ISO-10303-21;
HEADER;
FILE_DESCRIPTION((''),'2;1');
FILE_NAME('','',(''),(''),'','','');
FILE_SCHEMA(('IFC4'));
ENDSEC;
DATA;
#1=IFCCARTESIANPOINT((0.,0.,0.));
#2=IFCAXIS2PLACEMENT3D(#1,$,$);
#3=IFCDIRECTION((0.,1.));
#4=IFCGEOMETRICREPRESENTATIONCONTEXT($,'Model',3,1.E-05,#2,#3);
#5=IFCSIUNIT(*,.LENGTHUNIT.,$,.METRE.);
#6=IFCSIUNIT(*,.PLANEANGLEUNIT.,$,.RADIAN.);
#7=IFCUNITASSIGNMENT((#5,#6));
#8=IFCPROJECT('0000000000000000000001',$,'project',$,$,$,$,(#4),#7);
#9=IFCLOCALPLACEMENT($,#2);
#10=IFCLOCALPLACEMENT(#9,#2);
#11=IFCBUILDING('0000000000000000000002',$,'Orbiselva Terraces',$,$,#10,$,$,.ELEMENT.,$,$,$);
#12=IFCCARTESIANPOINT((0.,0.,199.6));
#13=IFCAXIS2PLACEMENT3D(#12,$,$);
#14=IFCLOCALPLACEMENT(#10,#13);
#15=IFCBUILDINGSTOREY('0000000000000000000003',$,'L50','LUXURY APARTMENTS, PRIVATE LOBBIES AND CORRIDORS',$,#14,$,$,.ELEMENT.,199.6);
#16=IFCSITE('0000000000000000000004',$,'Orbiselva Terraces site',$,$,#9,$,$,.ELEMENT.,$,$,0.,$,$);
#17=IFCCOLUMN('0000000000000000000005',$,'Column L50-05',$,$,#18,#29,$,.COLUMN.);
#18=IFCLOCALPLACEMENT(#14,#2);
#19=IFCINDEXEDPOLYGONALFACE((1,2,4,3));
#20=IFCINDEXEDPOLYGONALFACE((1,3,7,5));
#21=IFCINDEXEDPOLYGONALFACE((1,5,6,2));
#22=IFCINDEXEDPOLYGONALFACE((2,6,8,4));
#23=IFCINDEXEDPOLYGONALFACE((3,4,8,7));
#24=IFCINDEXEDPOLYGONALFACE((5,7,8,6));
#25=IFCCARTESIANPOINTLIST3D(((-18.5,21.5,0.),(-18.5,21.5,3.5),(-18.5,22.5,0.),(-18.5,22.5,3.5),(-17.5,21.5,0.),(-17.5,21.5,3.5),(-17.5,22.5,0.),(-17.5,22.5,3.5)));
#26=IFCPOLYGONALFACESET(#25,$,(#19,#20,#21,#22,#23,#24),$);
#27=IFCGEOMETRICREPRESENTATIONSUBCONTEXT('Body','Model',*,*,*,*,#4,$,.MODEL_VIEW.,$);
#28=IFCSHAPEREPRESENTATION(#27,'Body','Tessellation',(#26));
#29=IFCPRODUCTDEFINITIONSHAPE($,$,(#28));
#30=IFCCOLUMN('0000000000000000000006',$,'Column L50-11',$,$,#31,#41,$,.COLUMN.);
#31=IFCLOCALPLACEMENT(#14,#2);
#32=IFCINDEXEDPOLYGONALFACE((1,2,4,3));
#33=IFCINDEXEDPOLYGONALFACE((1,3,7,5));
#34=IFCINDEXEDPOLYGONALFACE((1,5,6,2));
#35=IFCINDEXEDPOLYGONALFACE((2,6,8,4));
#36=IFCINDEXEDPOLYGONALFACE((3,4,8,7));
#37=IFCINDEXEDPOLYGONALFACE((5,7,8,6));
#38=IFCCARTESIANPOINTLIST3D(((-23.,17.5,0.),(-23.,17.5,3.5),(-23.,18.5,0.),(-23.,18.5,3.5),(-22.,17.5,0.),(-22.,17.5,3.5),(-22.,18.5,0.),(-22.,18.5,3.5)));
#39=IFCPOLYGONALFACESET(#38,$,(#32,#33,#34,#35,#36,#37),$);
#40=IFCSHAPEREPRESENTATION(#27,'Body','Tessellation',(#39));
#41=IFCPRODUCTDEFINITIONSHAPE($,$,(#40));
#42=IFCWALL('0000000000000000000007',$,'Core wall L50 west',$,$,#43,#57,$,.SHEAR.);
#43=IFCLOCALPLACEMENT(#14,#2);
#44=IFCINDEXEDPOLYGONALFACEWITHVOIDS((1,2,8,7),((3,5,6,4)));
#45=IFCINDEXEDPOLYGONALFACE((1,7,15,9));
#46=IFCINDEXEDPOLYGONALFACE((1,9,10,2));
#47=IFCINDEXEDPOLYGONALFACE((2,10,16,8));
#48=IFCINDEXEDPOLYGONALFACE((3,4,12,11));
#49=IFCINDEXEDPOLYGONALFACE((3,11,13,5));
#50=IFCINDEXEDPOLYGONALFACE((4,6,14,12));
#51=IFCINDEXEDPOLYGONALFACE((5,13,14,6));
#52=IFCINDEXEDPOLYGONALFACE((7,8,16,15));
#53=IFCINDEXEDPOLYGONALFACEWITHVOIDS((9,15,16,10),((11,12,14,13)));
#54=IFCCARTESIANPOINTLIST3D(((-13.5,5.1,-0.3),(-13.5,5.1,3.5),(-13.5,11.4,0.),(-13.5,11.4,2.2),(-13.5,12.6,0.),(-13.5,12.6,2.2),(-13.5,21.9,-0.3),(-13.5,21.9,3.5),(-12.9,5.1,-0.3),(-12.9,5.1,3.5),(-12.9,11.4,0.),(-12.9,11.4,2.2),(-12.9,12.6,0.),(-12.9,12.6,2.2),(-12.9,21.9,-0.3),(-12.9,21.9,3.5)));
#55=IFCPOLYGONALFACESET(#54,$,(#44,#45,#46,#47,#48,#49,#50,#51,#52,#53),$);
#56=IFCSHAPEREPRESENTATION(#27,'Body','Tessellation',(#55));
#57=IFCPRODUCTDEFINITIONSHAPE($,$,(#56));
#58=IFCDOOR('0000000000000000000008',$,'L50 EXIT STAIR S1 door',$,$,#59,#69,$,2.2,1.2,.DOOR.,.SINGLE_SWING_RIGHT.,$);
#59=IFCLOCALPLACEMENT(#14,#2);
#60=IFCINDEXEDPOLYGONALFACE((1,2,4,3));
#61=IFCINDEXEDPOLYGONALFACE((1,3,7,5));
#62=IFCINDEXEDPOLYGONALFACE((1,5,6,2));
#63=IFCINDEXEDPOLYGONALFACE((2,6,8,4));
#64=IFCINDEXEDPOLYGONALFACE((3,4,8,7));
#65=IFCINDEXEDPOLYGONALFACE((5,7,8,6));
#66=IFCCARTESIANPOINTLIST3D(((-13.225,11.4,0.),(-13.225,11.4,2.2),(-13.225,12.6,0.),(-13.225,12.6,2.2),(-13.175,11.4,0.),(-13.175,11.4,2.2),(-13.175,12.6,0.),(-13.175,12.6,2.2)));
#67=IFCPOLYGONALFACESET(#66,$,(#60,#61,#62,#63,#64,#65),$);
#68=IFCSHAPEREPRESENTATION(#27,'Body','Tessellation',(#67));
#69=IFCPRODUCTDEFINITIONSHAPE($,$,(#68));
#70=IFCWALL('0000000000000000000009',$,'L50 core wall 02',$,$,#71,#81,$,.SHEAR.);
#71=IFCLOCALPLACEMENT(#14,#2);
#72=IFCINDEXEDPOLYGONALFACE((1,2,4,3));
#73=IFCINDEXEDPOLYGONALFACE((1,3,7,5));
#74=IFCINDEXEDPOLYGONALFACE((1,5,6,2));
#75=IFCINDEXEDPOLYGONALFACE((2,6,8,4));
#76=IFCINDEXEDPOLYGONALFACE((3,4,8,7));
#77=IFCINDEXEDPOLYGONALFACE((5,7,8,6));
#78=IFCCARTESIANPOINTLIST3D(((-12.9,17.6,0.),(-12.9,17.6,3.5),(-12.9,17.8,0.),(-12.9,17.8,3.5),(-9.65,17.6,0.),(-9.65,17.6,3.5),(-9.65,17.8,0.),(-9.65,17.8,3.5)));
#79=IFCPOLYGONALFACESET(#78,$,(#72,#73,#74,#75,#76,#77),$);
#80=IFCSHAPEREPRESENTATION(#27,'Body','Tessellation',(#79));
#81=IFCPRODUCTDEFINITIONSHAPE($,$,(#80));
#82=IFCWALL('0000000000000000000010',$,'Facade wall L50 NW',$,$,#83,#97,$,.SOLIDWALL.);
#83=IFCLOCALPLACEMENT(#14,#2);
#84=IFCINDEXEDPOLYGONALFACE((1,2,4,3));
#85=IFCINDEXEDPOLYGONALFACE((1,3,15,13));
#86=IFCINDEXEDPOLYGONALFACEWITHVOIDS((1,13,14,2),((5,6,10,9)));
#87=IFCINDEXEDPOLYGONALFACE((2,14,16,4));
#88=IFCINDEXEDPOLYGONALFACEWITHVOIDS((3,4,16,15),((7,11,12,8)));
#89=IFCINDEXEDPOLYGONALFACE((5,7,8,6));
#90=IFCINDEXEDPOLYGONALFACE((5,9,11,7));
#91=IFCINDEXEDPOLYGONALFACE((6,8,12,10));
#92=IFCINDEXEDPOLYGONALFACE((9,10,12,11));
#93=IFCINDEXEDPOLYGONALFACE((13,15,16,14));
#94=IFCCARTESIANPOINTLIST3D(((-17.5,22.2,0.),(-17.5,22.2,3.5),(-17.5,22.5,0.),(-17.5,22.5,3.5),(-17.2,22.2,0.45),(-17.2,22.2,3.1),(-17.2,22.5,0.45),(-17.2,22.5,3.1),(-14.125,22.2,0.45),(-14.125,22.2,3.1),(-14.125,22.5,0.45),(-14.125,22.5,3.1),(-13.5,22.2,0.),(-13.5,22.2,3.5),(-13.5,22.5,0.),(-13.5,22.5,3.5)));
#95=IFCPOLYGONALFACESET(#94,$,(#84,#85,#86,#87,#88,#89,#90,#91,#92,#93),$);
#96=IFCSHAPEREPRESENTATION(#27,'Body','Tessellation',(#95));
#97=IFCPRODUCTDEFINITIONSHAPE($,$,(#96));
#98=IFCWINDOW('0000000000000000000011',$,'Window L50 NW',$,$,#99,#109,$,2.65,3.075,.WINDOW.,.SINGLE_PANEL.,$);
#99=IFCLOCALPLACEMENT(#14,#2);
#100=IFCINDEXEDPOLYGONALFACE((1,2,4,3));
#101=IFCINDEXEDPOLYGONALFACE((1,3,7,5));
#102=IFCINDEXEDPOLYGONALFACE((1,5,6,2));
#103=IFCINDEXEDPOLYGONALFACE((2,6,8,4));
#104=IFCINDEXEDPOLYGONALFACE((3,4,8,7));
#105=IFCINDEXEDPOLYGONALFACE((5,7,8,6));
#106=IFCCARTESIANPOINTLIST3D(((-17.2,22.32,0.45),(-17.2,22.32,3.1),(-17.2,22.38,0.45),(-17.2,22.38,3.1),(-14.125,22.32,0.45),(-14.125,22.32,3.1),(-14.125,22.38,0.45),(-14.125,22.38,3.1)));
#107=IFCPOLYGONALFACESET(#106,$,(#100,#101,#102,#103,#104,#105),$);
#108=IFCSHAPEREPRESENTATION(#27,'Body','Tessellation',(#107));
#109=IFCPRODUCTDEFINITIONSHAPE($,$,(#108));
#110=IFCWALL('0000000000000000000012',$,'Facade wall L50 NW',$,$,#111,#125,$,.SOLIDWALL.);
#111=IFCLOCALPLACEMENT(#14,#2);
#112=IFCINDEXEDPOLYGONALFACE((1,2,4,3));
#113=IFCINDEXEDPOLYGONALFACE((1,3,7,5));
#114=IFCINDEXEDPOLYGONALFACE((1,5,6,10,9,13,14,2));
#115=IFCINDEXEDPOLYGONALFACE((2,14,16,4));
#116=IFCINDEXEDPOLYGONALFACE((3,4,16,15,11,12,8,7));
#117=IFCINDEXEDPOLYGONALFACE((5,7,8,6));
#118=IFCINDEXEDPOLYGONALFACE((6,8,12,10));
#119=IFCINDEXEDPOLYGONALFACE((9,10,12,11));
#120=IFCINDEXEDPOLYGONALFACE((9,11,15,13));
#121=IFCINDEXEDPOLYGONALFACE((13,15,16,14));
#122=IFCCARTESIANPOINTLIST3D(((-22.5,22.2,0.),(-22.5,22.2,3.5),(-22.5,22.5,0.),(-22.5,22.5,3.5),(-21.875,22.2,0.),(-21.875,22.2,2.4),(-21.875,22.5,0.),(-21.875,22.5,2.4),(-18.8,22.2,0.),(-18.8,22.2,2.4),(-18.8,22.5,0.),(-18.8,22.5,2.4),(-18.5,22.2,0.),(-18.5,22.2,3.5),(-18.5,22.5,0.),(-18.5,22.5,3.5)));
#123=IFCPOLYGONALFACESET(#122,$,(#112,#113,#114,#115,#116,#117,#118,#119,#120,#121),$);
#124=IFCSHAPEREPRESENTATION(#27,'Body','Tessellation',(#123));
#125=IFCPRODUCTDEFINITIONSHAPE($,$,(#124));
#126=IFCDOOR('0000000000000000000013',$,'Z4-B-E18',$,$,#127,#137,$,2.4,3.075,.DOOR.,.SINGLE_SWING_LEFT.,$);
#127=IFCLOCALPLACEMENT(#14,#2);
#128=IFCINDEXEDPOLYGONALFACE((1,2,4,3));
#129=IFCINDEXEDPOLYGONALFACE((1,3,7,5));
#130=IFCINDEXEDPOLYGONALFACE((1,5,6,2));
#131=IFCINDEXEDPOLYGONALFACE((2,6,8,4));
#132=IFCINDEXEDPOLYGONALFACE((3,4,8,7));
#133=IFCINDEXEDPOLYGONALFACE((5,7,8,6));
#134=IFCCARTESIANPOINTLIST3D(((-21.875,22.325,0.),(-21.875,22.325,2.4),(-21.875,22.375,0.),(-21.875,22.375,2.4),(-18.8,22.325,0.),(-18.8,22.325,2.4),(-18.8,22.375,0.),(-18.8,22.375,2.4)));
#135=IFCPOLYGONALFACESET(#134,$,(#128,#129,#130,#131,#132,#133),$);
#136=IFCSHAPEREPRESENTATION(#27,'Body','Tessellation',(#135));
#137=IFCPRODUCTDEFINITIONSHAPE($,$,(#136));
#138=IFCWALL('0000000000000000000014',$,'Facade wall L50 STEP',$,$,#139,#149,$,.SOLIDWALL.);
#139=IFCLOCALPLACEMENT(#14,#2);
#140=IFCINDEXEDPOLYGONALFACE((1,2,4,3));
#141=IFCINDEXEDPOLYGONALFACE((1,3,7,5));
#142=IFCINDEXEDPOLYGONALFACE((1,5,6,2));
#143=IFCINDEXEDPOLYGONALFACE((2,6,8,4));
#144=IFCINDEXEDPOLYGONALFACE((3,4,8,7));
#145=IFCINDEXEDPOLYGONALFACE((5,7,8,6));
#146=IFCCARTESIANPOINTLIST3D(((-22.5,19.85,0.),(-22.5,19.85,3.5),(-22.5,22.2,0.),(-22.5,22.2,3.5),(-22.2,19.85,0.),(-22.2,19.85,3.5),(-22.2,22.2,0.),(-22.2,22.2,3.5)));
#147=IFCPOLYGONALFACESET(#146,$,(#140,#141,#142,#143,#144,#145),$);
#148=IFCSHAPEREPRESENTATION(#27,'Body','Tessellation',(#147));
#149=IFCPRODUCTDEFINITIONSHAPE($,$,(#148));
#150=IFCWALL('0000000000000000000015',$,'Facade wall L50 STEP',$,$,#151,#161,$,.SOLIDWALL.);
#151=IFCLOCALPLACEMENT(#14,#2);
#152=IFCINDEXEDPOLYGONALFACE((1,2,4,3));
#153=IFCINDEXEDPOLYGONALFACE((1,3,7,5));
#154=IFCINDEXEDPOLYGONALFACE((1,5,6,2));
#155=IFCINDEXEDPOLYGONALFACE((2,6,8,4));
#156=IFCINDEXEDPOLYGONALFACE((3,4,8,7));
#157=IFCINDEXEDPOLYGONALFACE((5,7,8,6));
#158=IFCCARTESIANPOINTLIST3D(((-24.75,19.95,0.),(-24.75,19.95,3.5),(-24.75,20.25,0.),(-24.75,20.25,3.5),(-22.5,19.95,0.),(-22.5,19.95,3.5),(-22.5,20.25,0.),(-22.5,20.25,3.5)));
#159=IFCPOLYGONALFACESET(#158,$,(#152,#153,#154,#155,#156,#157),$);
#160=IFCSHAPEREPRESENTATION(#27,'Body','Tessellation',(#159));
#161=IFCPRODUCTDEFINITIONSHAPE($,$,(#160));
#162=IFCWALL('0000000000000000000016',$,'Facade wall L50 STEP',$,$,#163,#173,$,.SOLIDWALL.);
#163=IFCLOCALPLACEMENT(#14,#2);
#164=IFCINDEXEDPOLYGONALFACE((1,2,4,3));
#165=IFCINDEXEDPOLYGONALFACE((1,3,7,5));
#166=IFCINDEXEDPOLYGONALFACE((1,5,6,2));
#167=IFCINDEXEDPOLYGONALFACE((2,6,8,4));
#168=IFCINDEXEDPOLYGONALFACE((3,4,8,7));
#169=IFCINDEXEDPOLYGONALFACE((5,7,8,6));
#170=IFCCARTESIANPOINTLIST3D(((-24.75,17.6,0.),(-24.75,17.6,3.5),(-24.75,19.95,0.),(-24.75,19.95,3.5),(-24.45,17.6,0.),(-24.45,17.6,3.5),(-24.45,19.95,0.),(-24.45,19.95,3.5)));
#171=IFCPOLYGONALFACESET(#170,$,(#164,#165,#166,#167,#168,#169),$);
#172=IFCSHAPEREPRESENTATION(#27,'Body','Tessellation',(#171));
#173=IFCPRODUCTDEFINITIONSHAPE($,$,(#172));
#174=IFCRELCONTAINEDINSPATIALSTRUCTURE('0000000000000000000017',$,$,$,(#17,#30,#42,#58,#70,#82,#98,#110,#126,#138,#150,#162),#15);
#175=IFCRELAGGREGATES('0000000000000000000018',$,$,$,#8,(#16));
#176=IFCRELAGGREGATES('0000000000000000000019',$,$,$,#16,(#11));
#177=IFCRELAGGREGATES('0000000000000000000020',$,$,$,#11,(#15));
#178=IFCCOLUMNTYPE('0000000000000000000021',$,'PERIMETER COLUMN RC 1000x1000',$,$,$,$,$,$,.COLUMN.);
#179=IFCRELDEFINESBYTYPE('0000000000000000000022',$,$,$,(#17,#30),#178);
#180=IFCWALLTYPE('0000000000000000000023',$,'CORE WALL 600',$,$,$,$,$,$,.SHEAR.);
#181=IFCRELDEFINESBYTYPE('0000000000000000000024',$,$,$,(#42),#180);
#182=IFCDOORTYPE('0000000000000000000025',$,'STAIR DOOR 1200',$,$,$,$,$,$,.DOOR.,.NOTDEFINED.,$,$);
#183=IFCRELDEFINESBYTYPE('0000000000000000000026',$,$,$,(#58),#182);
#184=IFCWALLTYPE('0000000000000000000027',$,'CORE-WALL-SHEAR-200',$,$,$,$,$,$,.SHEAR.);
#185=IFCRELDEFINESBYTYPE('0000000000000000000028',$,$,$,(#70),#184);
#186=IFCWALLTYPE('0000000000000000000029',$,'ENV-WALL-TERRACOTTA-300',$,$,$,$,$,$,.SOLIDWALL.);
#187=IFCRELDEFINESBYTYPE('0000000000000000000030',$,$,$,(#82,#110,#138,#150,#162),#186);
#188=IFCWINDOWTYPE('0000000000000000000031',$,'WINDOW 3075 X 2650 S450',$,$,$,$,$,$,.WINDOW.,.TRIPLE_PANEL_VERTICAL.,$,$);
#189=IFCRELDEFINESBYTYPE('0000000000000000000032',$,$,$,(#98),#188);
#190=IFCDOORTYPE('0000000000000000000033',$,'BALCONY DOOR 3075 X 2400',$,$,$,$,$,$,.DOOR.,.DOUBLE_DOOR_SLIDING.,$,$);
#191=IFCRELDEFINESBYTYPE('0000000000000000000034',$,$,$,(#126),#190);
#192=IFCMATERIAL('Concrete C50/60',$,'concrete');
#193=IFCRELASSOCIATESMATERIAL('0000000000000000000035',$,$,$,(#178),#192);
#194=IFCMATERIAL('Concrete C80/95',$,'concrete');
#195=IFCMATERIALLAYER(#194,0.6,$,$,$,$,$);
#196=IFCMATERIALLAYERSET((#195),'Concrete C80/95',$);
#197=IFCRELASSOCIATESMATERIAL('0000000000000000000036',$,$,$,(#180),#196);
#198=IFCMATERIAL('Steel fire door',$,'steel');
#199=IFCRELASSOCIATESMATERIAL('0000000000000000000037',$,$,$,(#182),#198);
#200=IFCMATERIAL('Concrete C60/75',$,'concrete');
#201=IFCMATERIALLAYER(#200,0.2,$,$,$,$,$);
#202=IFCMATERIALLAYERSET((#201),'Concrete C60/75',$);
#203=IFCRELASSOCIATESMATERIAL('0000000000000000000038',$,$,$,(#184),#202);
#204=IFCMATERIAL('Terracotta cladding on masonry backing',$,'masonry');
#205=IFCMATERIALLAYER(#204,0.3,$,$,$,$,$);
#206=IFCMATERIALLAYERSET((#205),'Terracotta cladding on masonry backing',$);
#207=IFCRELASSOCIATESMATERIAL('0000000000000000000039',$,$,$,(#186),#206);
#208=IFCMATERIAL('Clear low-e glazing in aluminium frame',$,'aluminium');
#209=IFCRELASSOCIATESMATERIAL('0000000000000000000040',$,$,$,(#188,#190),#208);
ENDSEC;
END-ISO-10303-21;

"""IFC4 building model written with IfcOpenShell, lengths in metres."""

from ifc_helpers import new_model, si_unit, direction, frame, frame_2d, origin, origin_2d, place, context, subcontext, project, spatial, rectangle, extrude, material, layer, layer_set, material_profile, profile_set, type_object, element, fill, save


model = new_model("IFC4")

# Units and contexts
model_context = context("Model", 3, precision=1e-05, world=origin(), true_north=direction((0.0, 1.0)))
body_context = subcontext(model_context, "Body", "Model", "MODEL_VIEW")
ifc_project = project(units=[si_unit("LENGTHUNIT", "METRE"), si_unit("PLANEANGLEUNIT", "RADIAN")], contexts=[model_context])

# Site, building, storey
site_placement = place(None, origin())
site = spatial("IfcSite", under=ifc_project, at=site_placement, Name="Orbiselva Terraces site", CompositionType="ELEMENT", RefElevation=0.0)
building_placement = place(site_placement, origin())
building = spatial("IfcBuilding", under=site, at=building_placement, Name="Orbiselva Terraces", CompositionType="ELEMENT")
storey_placement = place(building_placement, frame((0.0, 0.0, 199.6)))
storey = spatial("IfcBuildingStorey", under=building, at=storey_placement, Name="L50", Description="LUXURY APARTMENTS, PRIVATE LOBBIES AND CORRIDORS", CompositionType="ELEMENT", Elevation=199.6)

# Columns
ifc_material_1 = material(Name="Concrete C50/60", Category="concrete")
ifc_material_profile = material_profile(ifc_material_1, rectangle(XDim=1.0, YDim=1.0, at=origin_2d()), Name="RC 1000x1000")
ifc_profile_set = profile_set([ifc_material_profile], Name="Concrete C50/60")
column_type = type_object("IfcColumnType", Name="PERIMETER COLUMN RC 1000x1000", PredefinedType="COLUMN", material=ifc_profile_set)
for number, where, z_axis, x_axis, name in (
    (1, (-18.0, 22.0, 0.0), (0.0, 0.0, 1.0), (1.0, 0.0, 0.0), "Column L50-05"),
    (2, (-22.5, 18.0, 0.0), (0.0, 0.0, 1.0), (1.0, 0.0, 0.0), "Column L50-11"),
):
    element("IfcColumn", number, at=place(storey_placement, frame(where, z_axis=z_axis, x_axis=x_axis)), inside=storey, type_object=column_type, Name=name, PredefinedType="COLUMN", context=body_context, shape_type="SweptSolid", body=[
        extrude(rectangle(XDim=1.0, YDim=1.0, at=origin_2d()), origin(), (0.0, 0.0, 1.0), 3.5),
    ])

# Wall, opening, door
ifc_material_2 = material(Name="Concrete C80/95", Category="concrete")
ifc_layer_1 = layer(ifc_material_2, 0.6)
ifc_layer_set_1 = layer_set([ifc_layer_1], Name="Concrete C80/95")
wall_type_1 = type_object("IfcWallType", Name="CORE WALL 600", PredefinedType="SHEAR", material=ifc_layer_set_1)
wall_1_placement = place(storey_placement, frame((-13.2, 21.9, -0.3), z_axis=(0.0, 0.0, 1.0), x_axis=(0.0, -1.0, 0.0)))
wall_1 = element("IfcWall", 3, at=wall_1_placement, inside=storey, type_object=wall_type_1, Name="Core wall L50 west", PredefinedType="SHEAR", context=body_context, shape_type="SweptSolid", body=[
    extrude(rectangle(XDim=16.8, YDim=0.6, at=frame_2d((8.4, 0.0))), origin(), (0.0, 0.0, 1.0), 3.8),
])
opening_1_placement = place(wall_1_placement, frame((9.3, 0.0, 0.3)))
opening_1 = element("IfcOpeningElement", 4, at=opening_1_placement, cuts=wall_1, PredefinedType="OPENING", context=body_context, shape_type="SweptSolid", body=[
    extrude(rectangle(XDim=1.2, YDim=2.2, at=frame_2d((0.6, 1.1))), frame((0.0, 0.31, 0.0), z_axis=(0.0, -1.0, 0.0), x_axis=(1.0, 0.0, 0.0)), (0.0, 0.0, 1.0), 0.62),
])
ifc_material_3 = material(Name="Steel fire door", Category="steel")
door_type_1 = type_object("IfcDoorType", Name="STAIR DOOR 1200", OperationType="NOTDEFINED", PredefinedType="DOOR", material=ifc_material_3)
door_1_placement = place(opening_1_placement, frame((1.2, 0.0, 0.0), z_axis=(0.0, 0.0, 1.0), x_axis=(-1.0, 0.0, 0.0)))
door_1 = element("IfcDoor", 5, at=door_1_placement, inside=storey, type_object=door_type_1, Name="L50 EXIT STAIR S1 door", OperationType="SINGLE_SWING_RIGHT", OverallHeight=2.2, OverallWidth=1.2, PredefinedType="DOOR", context=body_context, shape_type="SweptSolid", body=[
    extrude(rectangle(XDim=1.2, YDim=2.2, at=frame_2d((0.6, 1.1))), frame((0.0, 0.025, 0.0), z_axis=(0.0, -1.0, 0.0), x_axis=(1.0, 0.0, 0.0)), (0.0, 0.0, 1.0), 0.05),
])
fill(opening_1, door_1)

# Wall
ifc_material_4 = material(Name="Concrete C60/75", Category="concrete")
ifc_layer_2 = layer(ifc_material_4, 0.2)
ifc_layer_set_2 = layer_set([ifc_layer_2], Name="Concrete C60/75")
wall_type_2 = type_object("IfcWallType", Name="CORE-WALL-SHEAR-200", PredefinedType="SHEAR", material=ifc_layer_set_2)
wall_2_placement = place(storey_placement, frame((-12.9, 17.7, 0.0), z_axis=(0.0, 0.0, 1.0), x_axis=(1.0, 0.0, 0.0)))
element("IfcWall", 6, at=wall_2_placement, inside=storey, type_object=wall_type_2, Name="L50 core wall 02", PredefinedType="SHEAR", context=body_context, shape_type="SweptSolid", body=[
    extrude(rectangle(XDim=3.25, YDim=0.2, at=frame_2d((1.625, 0.0))), origin(), (0.0, 0.0, 1.0), 3.5),
])

# Wall, opening, window
ifc_material_5 = material(Name="Terracotta cladding on masonry backing", Category="masonry")
ifc_layer_3 = layer(ifc_material_5, 0.3)
ifc_layer_set_3 = layer_set([ifc_layer_3], Name="Terracotta cladding on masonry backing")
wall_type_3 = type_object("IfcWallType", Name="ENV-WALL-TERRACOTTA-300", PredefinedType="SOLIDWALL", material=ifc_layer_set_3)
wall_3_placement = place(storey_placement, frame((-17.5, 22.35, 0.0), z_axis=(0.0, 0.0, 1.0), x_axis=(1.0, 0.0, 0.0)))
wall_3 = element("IfcWall", 7, at=wall_3_placement, inside=storey, type_object=wall_type_3, Name="Facade wall L50 NW", PredefinedType="SOLIDWALL", context=body_context, shape_type="SweptSolid", body=[
    extrude(rectangle(XDim=4.0, YDim=0.3, at=frame_2d((2.0, 0.0))), origin(), (0.0, 0.0, 1.0), 3.5),
])
opening_2_placement = place(wall_3_placement, frame((0.3, 0.0, 0.45)))
opening_2 = element("IfcOpeningElement", 8, at=opening_2_placement, cuts=wall_3, PredefinedType="OPENING", context=body_context, shape_type="SweptSolid", body=[
    extrude(rectangle(XDim=3.075, YDim=2.65, at=frame_2d((1.5375, 1.325))), frame((0.0, 0.16, 0.0), z_axis=(0.0, -1.0, 0.0), x_axis=(1.0, 0.0, 0.0)), (0.0, 0.0, 1.0), 0.32),
])
ifc_material_6 = material(Name="Clear low-e glazing in aluminium frame", Category="aluminium")
window_type = type_object("IfcWindowType", Name="WINDOW 3075 X 2650 S450", PartitioningType="TRIPLE_PANEL_VERTICAL", PredefinedType="WINDOW", material=ifc_material_6)
window_placement = place(opening_2_placement, origin())
window = element("IfcWindow", 9, at=window_placement, inside=storey, type_object=window_type, Name="Window L50 NW", OverallHeight=2.65, OverallWidth=3.075, PartitioningType="SINGLE_PANEL", PredefinedType="WINDOW", context=body_context, shape_type="SweptSolid", body=[
    extrude(rectangle(XDim=3.075, YDim=2.65, at=frame_2d((1.5375, 1.325))), frame((0.0, 0.03, 0.0), z_axis=(0.0, -1.0, 0.0), x_axis=(1.0, 0.0, 0.0)), (0.0, 0.0, 1.0), 0.06),
])
fill(opening_2, window)

# Wall, opening, door
wall_4_placement = place(storey_placement, frame((-22.5, 22.35, 0.0), z_axis=(0.0, 0.0, 1.0), x_axis=(1.0, 0.0, 0.0)))
wall_4 = element("IfcWall", 10, at=wall_4_placement, inside=storey, type_object=wall_type_3, Name="Facade wall L50 NW", PredefinedType="SOLIDWALL", context=body_context, shape_type="SweptSolid", body=[
    extrude(rectangle(XDim=4.0, YDim=0.3, at=frame_2d((2.0, 0.0))), origin(), (0.0, 0.0, 1.0), 3.5),
])
opening_3_placement = place(wall_4_placement, frame((0.625, 0.0, 0.0)))
opening_3 = element("IfcOpeningElement", 11, at=opening_3_placement, cuts=wall_4, PredefinedType="OPENING", context=body_context, shape_type="SweptSolid", body=[
    extrude(rectangle(XDim=3.075, YDim=2.4, at=frame_2d((1.5375, 1.2))), frame((0.0, 0.16, 0.0), z_axis=(0.0, -1.0, 0.0), x_axis=(1.0, 0.0, 0.0)), (0.0, 0.0, 1.0), 0.32),
])
door_type_2 = type_object("IfcDoorType", Name="BALCONY DOOR 3075 X 2400", OperationType="DOUBLE_DOOR_SLIDING", PredefinedType="DOOR", material=ifc_material_6)
door_2_placement = place(opening_3_placement, origin())
door_2 = element("IfcDoor", 12, at=door_2_placement, inside=storey, type_object=door_type_2, Name="Z4-B-E18", OperationType="SINGLE_SWING_LEFT", OverallHeight=2.4, OverallWidth=3.075, PredefinedType="DOOR", context=body_context, shape_type="SweptSolid", body=[
    extrude(rectangle(XDim=3.075, YDim=2.4, at=frame_2d((1.5375, 1.2))), frame((0.0, 0.025, 0.0), z_axis=(0.0, -1.0, 0.0), x_axis=(1.0, 0.0, 0.0)), (0.0, 0.0, 1.0), 0.05),
])
fill(opening_3, door_2)

# Walls
wall_5_placement = place(storey_placement, frame((-22.35, 19.85, 0.0), z_axis=(0.0, 0.0, 1.0), x_axis=(0.0, 1.0, 0.0)))
element("IfcWall", 13, at=wall_5_placement, inside=storey, type_object=wall_type_3, Name="Facade wall L50 STEP", PredefinedType="SOLIDWALL", context=body_context, shape_type="SweptSolid", body=[
    extrude(rectangle(XDim=2.35, YDim=0.3, at=frame_2d((1.175, 0.0))), origin(), (0.0, 0.0, 1.0), 3.5),
])
wall_6_placement = place(storey_placement, frame((-24.75, 20.1, 0.0), z_axis=(0.0, 0.0, 1.0), x_axis=(1.0, 0.0, 0.0)))
element("IfcWall", 14, at=wall_6_placement, inside=storey, type_object=wall_type_3, Name="Facade wall L50 STEP", PredefinedType="SOLIDWALL", context=body_context, shape_type="SweptSolid", body=[
    extrude(rectangle(XDim=2.25, YDim=0.3, at=frame_2d((1.125, 0.0))), origin(), (0.0, 0.0, 1.0), 3.5),
])
wall_7_placement = place(storey_placement, frame((-24.6, 17.6, 0.0), z_axis=(0.0, 0.0, 1.0), x_axis=(0.0, 1.0, 0.0)))
element("IfcWall", 15, at=wall_7_placement, inside=storey, type_object=wall_type_3, Name="Facade wall L50 STEP", PredefinedType="SOLIDWALL", context=body_context, shape_type="SweptSolid", body=[
    extrude(rectangle(XDim=2.35, YDim=0.3, at=frame_2d((1.175, 0.0))), origin(), (0.0, 0.0, 1.0), 3.5),
])

save(model, "model.ifc")
